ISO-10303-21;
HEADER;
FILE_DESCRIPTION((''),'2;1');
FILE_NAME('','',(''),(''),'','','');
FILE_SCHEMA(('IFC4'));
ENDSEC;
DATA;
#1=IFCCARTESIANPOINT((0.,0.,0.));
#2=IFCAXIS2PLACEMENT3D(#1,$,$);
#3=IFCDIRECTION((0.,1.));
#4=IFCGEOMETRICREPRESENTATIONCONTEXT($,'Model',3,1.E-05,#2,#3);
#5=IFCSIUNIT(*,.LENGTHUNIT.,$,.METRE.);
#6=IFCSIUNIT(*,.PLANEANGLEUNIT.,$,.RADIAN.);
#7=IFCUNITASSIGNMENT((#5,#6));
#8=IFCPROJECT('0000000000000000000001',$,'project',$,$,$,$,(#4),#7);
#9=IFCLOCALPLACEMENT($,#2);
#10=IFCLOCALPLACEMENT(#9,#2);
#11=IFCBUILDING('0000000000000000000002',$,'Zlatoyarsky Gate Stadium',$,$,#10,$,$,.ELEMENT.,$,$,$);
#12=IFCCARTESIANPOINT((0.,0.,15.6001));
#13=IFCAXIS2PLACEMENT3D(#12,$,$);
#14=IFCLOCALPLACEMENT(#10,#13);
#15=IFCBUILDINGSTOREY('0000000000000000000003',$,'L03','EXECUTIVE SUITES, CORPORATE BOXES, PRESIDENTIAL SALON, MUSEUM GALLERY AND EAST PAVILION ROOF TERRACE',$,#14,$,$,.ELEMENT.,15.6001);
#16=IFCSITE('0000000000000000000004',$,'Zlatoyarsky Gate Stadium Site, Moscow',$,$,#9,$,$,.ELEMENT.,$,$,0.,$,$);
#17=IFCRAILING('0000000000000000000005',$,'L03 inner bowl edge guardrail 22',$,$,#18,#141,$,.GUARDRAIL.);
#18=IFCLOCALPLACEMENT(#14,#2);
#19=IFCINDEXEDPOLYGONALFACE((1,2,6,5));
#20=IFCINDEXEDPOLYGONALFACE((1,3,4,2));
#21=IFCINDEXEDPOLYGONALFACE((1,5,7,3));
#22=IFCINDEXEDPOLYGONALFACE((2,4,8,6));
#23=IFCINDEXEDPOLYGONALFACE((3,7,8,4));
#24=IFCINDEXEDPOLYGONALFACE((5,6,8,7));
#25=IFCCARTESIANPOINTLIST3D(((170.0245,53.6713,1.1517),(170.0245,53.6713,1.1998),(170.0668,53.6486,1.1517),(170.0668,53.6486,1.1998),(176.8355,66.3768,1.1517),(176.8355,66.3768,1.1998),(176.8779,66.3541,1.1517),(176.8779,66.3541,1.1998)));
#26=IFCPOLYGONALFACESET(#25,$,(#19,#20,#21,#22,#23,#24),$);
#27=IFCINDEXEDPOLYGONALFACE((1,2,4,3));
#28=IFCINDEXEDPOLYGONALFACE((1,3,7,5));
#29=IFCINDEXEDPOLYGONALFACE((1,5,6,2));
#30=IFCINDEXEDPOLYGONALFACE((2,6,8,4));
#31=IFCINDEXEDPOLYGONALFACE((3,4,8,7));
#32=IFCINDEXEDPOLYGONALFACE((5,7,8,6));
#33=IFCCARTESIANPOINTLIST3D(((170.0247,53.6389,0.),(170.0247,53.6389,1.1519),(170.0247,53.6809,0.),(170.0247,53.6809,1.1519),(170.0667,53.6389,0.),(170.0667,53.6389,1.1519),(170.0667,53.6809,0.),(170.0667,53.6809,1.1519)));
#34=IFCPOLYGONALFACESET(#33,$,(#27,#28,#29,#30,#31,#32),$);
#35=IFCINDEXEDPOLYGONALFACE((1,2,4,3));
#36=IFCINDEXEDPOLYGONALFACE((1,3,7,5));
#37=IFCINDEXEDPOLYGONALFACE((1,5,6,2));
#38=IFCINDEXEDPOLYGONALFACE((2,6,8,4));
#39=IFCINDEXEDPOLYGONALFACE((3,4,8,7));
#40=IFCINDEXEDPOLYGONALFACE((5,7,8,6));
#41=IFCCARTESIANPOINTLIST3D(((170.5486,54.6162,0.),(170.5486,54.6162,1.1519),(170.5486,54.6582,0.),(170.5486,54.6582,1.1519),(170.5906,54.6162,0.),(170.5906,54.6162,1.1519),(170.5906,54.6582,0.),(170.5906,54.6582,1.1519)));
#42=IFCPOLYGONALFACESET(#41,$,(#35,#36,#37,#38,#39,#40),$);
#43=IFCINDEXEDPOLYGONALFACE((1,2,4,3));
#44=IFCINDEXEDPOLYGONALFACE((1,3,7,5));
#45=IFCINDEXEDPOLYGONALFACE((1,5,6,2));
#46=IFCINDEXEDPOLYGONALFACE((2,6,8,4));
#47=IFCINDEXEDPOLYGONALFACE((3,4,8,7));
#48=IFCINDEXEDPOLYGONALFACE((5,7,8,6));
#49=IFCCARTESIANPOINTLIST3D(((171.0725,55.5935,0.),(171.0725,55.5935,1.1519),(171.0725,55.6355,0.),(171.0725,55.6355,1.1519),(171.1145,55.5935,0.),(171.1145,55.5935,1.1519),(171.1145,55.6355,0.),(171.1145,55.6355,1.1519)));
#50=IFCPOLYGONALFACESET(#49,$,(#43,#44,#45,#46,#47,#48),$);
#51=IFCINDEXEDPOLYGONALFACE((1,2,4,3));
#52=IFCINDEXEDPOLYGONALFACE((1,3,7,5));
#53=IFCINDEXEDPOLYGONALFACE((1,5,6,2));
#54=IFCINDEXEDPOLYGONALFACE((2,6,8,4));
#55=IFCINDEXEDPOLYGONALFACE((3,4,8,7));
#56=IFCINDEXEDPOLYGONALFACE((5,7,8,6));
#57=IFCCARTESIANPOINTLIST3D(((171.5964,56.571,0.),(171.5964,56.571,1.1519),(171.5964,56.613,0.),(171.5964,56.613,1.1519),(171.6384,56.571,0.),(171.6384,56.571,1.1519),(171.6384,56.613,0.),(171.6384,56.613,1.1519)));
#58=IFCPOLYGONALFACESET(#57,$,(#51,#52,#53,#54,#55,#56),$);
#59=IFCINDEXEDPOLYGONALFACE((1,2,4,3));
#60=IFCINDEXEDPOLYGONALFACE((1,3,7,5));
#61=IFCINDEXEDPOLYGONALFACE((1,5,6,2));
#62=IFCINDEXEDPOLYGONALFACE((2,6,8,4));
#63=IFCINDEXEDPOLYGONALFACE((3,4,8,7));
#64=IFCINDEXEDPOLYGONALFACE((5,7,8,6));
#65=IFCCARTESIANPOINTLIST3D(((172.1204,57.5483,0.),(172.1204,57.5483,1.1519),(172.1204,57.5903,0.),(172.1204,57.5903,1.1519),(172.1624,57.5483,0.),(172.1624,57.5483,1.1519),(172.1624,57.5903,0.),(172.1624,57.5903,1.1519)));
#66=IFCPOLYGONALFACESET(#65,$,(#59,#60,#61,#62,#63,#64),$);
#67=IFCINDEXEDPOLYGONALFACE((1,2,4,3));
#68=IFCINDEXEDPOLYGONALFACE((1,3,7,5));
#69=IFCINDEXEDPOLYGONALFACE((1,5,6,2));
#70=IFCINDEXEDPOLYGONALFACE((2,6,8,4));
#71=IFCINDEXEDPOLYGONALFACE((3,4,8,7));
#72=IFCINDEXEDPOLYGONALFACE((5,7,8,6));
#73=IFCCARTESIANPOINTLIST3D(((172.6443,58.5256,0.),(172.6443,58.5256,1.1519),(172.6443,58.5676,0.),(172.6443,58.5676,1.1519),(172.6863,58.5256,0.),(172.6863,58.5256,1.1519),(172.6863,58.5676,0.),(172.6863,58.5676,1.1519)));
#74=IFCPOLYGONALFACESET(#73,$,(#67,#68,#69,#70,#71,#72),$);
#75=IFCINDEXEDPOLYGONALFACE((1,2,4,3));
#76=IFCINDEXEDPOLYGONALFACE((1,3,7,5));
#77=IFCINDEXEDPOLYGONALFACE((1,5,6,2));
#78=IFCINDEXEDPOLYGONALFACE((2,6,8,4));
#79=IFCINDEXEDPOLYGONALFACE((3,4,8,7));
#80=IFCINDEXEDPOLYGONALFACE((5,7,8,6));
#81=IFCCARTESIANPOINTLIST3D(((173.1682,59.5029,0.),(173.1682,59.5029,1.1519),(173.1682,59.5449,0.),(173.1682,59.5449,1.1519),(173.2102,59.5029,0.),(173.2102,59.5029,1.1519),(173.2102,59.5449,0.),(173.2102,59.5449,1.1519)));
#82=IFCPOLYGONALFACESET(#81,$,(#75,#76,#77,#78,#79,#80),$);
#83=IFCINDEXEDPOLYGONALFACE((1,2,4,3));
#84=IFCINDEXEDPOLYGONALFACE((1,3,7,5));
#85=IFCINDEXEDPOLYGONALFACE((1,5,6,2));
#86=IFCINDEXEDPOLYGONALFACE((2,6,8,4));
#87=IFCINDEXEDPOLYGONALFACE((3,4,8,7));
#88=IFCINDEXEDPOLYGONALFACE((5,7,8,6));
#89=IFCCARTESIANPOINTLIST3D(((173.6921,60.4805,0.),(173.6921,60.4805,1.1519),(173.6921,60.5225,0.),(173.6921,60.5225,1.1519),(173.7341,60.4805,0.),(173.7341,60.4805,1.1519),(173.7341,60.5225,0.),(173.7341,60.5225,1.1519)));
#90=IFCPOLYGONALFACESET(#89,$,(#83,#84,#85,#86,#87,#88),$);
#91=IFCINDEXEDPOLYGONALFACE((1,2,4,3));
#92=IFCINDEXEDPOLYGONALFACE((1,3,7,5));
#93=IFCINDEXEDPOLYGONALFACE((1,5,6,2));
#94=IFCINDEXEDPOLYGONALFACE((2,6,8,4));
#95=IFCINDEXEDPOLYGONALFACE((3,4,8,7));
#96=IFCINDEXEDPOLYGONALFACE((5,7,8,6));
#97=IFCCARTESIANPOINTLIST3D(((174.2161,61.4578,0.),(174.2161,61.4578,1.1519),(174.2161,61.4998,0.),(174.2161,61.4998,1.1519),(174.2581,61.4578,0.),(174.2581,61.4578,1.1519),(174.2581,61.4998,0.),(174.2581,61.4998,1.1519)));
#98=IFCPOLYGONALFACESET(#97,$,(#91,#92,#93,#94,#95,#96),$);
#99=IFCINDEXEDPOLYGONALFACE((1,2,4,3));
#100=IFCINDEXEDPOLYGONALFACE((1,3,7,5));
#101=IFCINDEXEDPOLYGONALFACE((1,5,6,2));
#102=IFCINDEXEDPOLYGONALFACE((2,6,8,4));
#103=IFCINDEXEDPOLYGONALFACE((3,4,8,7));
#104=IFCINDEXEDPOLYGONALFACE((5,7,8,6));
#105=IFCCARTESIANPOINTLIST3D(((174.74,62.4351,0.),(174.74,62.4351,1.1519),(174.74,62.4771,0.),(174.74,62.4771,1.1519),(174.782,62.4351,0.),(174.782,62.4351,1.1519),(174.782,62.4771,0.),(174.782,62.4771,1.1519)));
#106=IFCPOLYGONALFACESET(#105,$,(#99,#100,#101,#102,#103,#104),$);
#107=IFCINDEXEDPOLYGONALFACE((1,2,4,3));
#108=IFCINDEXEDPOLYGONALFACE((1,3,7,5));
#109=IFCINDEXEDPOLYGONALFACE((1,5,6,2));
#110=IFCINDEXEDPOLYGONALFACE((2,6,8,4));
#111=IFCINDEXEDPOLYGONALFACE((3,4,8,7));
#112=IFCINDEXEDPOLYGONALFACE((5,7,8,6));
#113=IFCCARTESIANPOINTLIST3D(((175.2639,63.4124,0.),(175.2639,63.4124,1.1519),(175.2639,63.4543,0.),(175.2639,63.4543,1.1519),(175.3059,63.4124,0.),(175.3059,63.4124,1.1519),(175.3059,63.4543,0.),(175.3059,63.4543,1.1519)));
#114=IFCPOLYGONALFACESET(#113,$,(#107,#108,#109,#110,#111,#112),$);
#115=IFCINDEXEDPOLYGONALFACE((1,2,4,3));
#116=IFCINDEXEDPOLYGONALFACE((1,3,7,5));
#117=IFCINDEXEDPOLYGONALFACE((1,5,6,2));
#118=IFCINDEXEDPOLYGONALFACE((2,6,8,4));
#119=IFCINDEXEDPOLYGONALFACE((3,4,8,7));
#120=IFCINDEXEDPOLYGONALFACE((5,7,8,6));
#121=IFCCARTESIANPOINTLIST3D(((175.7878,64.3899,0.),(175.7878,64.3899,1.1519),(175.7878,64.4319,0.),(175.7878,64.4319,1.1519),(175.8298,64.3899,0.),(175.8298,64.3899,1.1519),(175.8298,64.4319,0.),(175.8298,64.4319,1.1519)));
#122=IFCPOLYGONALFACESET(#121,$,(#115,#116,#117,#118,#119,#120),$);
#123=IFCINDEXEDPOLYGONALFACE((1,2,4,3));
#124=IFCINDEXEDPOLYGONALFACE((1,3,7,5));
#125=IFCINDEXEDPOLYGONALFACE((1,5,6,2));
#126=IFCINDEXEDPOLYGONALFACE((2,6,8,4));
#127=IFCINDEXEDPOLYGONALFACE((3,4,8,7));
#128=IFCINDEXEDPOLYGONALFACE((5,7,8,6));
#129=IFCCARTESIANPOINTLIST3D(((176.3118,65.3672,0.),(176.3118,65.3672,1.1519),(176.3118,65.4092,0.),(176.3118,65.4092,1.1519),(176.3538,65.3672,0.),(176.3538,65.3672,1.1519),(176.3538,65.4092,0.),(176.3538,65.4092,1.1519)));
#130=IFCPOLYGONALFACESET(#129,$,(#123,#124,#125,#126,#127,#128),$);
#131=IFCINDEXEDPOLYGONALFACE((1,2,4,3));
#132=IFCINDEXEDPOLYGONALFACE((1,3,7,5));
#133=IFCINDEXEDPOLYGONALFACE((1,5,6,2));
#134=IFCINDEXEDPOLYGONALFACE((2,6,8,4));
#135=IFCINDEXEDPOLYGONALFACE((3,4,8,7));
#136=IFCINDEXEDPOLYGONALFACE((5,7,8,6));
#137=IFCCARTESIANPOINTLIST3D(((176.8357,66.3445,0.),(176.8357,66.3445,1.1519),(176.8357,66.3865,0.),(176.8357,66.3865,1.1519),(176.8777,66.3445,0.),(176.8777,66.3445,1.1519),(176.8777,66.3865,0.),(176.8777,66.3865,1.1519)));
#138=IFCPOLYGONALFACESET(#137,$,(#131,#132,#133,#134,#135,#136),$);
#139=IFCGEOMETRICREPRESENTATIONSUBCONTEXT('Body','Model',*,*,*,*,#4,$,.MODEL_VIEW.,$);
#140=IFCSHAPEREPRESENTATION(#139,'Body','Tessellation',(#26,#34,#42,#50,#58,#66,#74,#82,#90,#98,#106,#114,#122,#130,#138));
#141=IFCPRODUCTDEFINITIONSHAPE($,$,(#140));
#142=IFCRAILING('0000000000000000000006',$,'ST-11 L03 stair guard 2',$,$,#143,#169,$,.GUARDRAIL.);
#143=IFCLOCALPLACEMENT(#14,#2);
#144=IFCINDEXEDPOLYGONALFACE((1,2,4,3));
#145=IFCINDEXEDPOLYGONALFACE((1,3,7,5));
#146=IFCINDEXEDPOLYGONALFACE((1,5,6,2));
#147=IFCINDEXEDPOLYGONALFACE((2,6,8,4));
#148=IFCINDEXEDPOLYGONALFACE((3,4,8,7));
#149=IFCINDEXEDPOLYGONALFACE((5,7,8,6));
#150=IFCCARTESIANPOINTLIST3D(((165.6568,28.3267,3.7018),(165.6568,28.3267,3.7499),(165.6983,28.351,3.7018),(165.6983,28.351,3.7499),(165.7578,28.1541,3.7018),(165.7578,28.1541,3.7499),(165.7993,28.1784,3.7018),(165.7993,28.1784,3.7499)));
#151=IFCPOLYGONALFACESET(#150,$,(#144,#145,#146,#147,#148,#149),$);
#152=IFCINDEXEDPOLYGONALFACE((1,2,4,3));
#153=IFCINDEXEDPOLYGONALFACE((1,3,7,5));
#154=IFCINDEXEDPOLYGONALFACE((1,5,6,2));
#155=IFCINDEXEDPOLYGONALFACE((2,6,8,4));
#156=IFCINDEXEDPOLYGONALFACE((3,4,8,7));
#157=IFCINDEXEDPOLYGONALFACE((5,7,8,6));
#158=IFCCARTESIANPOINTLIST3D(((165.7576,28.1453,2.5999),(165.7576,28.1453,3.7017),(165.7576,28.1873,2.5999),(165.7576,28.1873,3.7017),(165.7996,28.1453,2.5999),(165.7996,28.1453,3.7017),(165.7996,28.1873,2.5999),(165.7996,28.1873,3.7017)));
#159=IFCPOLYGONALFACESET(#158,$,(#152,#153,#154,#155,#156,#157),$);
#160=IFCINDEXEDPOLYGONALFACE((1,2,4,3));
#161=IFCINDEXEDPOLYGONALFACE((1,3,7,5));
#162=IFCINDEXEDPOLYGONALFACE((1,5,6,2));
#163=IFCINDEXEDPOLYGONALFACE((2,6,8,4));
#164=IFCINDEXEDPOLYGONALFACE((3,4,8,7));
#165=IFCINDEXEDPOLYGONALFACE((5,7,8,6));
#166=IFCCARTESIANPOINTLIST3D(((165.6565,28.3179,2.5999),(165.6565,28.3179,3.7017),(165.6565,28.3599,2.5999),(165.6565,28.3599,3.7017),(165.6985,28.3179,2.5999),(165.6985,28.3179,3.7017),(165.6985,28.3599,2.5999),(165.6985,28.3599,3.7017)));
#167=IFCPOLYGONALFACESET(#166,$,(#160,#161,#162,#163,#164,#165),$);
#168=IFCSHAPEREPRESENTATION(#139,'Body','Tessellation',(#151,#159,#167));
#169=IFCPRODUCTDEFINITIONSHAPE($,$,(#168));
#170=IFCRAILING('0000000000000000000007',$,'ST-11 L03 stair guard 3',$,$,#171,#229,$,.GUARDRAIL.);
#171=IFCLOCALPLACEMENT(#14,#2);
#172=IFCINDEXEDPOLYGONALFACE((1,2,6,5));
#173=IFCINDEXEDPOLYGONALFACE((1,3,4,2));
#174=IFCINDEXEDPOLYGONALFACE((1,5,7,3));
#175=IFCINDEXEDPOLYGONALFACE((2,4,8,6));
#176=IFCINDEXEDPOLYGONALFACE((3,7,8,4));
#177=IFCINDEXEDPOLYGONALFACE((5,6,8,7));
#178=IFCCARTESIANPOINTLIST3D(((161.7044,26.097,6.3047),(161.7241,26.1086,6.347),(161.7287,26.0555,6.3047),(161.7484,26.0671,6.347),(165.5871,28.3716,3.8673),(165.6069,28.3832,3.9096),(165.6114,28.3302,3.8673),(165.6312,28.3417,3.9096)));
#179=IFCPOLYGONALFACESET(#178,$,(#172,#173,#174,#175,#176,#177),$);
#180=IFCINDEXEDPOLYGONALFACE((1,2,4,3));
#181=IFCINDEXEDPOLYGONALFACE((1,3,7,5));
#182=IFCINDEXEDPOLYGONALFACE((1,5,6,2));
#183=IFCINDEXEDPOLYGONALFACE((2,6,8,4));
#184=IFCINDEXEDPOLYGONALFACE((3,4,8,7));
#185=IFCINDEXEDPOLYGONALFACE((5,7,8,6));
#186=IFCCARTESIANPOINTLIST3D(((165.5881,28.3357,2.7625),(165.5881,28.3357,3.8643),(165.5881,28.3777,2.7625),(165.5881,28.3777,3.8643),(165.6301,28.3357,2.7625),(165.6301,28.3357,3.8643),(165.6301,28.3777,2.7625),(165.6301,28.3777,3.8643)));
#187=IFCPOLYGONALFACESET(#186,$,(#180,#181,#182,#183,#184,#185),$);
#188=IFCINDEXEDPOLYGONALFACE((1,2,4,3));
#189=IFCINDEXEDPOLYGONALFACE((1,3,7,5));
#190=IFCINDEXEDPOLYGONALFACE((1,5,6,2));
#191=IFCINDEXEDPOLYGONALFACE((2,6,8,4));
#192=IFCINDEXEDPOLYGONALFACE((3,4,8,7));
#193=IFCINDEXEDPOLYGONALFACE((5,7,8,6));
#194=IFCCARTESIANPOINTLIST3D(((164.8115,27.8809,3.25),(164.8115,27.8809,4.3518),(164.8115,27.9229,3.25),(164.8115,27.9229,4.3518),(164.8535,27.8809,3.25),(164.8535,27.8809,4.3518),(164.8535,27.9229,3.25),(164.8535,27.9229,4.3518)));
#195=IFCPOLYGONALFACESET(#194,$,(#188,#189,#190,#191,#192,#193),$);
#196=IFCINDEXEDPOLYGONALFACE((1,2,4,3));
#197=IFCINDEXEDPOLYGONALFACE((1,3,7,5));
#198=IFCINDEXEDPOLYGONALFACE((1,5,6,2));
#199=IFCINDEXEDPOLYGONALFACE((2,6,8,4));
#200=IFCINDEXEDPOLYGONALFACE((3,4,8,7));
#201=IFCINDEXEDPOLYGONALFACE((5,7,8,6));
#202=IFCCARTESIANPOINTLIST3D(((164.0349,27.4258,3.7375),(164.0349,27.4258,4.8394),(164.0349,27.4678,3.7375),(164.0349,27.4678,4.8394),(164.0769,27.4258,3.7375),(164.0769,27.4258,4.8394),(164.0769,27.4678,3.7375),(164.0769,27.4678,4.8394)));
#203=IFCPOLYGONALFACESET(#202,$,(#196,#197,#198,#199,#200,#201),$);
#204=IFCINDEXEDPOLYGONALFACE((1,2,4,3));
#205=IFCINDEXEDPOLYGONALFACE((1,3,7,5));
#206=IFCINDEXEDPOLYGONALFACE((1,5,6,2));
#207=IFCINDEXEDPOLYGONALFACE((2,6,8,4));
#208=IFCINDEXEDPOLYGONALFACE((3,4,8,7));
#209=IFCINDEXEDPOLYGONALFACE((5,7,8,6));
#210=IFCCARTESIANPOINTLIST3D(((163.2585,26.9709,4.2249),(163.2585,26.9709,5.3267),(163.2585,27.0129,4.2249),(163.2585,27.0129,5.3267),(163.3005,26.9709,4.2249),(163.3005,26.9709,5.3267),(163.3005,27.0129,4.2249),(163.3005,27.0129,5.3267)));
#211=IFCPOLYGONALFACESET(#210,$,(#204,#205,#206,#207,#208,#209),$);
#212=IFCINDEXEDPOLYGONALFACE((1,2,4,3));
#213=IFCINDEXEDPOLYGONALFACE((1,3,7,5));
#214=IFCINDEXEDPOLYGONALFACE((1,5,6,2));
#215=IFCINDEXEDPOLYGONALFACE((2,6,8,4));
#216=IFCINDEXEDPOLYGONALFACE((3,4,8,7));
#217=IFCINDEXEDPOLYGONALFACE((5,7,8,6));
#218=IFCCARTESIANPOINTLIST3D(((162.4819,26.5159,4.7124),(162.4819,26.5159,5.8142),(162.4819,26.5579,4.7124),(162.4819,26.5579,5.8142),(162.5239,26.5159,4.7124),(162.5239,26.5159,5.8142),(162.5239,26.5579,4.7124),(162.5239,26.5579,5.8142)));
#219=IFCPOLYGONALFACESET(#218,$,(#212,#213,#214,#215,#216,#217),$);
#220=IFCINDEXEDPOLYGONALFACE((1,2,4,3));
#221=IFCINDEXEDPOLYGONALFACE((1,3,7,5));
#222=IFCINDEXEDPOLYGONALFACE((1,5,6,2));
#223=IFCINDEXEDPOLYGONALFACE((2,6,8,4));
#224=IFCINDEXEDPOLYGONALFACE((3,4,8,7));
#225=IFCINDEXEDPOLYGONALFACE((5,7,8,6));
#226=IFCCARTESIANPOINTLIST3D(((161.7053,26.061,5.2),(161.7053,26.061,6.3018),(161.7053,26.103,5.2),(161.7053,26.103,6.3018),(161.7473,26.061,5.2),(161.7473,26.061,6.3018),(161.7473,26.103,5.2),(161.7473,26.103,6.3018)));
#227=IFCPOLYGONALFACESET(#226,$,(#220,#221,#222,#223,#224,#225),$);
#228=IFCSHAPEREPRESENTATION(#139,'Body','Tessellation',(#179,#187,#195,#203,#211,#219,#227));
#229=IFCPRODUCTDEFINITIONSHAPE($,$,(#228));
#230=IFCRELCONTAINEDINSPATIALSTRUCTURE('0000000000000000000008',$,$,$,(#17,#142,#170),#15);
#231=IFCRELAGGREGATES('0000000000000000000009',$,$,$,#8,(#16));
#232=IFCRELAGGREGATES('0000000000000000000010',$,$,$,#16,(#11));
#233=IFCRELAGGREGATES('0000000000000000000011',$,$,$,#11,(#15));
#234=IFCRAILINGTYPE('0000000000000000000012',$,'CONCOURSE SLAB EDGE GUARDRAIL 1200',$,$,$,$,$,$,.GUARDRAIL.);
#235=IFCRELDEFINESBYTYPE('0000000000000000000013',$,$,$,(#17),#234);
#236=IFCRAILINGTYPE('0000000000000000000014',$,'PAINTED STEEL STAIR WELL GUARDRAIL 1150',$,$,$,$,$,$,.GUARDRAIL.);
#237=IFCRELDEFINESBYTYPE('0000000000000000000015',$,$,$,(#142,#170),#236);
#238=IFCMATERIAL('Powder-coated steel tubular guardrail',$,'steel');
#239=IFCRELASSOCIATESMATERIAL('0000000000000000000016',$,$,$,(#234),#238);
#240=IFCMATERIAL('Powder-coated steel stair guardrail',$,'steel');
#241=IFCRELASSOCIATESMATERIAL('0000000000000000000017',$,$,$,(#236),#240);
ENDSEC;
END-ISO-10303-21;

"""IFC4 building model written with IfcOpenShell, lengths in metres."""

from ifc_helpers import new_model, si_unit, direction, frame, origin, origin_2d, place, context, subcontext, project, spatial, rectangle, extrude, material, type_object, element, save


model = new_model("IFC4")

# Units and contexts
model_context = context("Model", 3, precision=1e-05, world=origin(), true_north=direction((0.0, 1.0)))
body_context = subcontext(model_context, "Body", "Model", "MODEL_VIEW")
ifc_project = project(units=[si_unit("LENGTHUNIT", "METRE"), si_unit("PLANEANGLEUNIT", "RADIAN")], contexts=[model_context])

# Site, building, storey
site_placement = place(None, origin())
site = spatial("IfcSite", under=ifc_project, at=site_placement, Name="Zlatoyarsky Gate Stadium Site, Moscow", CompositionType="ELEMENT", RefElevation=0.0)
building_placement = place(site_placement, origin())
building = spatial("IfcBuilding", under=site, at=building_placement, Name="Zlatoyarsky Gate Stadium", CompositionType="ELEMENT")
storey_placement = place(building_placement, frame((0.0, 0.0, 15.6001)))
storey = spatial("IfcBuildingStorey", under=building, at=storey_placement, Name="L03", Description="EXECUTIVE SUITES, CORPORATE BOXES, PRESIDENTIAL SALON, MUSEUM GALLERY AND EAST PAVILION ROOF TERRACE", CompositionType="ELEMENT", Elevation=15.6001)

# Railings
ifc_material_1 = material(Name="Powder-coated steel tubular guardrail", Category="steel")
railing_type_1 = type_object("IfcRailingType", Name="CONCOURSE SLAB EDGE GUARDRAIL 1200", PredefinedType="GUARDRAIL", material=ifc_material_1)
railing_1_placement = place(storey_placement, frame((170.0457, 53.6599, 0.0)))
element("IfcRailing", 1, at=railing_1_placement, inside=storey, type_object=railing_type_1, Name="L03 inner bowl edge guardrail 22", PredefinedType="GUARDRAIL", context=body_context, shape_type="SweptSolid", body=[
    extrude(rectangle(XDim=0.0481, YDim=0.0481, at=origin_2d()), frame((0.0, 0.0, 1.1758), z_axis=(0.472463, 0.881351, 0.0), x_axis=(-0.881351, 0.472463, 0.0)), (0.0, 0.0, 1.0), 14.416),
    extrude(rectangle(XDim=0.042, YDim=0.042, at=origin_2d()), origin(), (0.0, 0.0, 1.0), 1.1519),
    extrude(rectangle(XDim=0.042, YDim=0.042, at=origin_2d()), frame((0.5239, 0.9773, 0.0)), (0.0, 0.0, 1.0), 1.1519),
    extrude(rectangle(XDim=0.042, YDim=0.042, at=origin_2d()), frame((1.0479, 1.9546, 0.0)), (0.0, 0.0, 1.0), 1.1519),
    extrude(rectangle(XDim=0.042, YDim=0.042, at=origin_2d()), frame((1.5718, 2.9321, 0.0)), (0.0, 0.0, 1.0), 1.1519),
    extrude(rectangle(XDim=0.042, YDim=0.042, at=origin_2d()), frame((2.0957, 3.9094, 0.0)), (0.0, 0.0, 1.0), 1.1519),
    extrude(rectangle(XDim=0.042, YDim=0.042, at=origin_2d()), frame((2.6196, 4.8867, 0.0)), (0.0, 0.0, 1.0), 1.1519),
    extrude(rectangle(XDim=0.042, YDim=0.042, at=origin_2d()), frame((3.1436, 5.864, 0.0)), (0.0, 0.0, 1.0), 1.1519),
    extrude(rectangle(XDim=0.042, YDim=0.042, at=origin_2d()), frame((3.6675, 6.8416, 0.0)), (0.0, 0.0, 1.0), 1.1519),
    extrude(rectangle(XDim=0.042, YDim=0.042, at=origin_2d()), frame((4.1914, 7.8188, 0.0)), (0.0, 0.0, 1.0), 1.1519),
    extrude(rectangle(XDim=0.042, YDim=0.042, at=origin_2d()), frame((4.7153, 8.7961, 0.0)), (0.0, 0.0, 1.0), 1.1519),
    extrude(rectangle(XDim=0.042, YDim=0.042, at=origin_2d()), frame((5.2393, 9.7734, 0.0)), (0.0, 0.0, 1.0), 1.1519),
    extrude(rectangle(XDim=0.042, YDim=0.042, at=origin_2d()), frame((5.7632, 10.751, 0.0)), (0.0, 0.0, 1.0), 1.1519),
    extrude(rectangle(XDim=0.042, YDim=0.042, at=origin_2d()), frame((6.2871, 11.7283, 0.0)), (0.0, 0.0, 1.0), 1.1519),
    extrude(rectangle(XDim=0.042, YDim=0.042, at=origin_2d()), frame((6.811, 12.7056, 0.0)), (0.0, 0.0, 1.0), 1.1519),
])
ifc_material_2 = material(Name="Powder-coated steel stair guardrail", Category="steel")
railing_type_2 = type_object("IfcRailingType", Name="PAINTED STEEL STAIR WELL GUARDRAIL 1150", PredefinedType="GUARDRAIL", material=ifc_material_2)
railing_2_placement = place(storey_placement, frame((165.7786, 28.1663, 2.5999)))
element("IfcRailing", 2, at=railing_2_placement, inside=storey, type_object=railing_type_2, Name="ST-11 L03 stair guard 2", PredefinedType="GUARDRAIL", context=body_context, shape_type="SweptSolid", body=[
    extrude(rectangle(XDim=0.0481, YDim=0.0481, at=origin_2d()), frame((0.0, 0.0, 1.126), z_axis=(-0.505312, 0.862937, 0.0), x_axis=(-0.862937, -0.505312, 0.0)), (0.0, 0.0, 1.0), 0.2),
    extrude(rectangle(XDim=0.042, YDim=0.042, at=origin_2d()), origin(), (0.0, 0.0, 1.0), 1.1018),
    extrude(rectangle(XDim=0.042, YDim=0.042, at=origin_2d()), frame((-0.1011, 0.1726, 0.0)), (0.0, 0.0, 1.0), 1.1018),
])
railing_3_placement = place(storey_placement, frame((165.6091, 28.3567, 2.7625)))
element("IfcRailing", 3, at=railing_3_placement, inside=storey, type_object=railing_type_2, Name="ST-11 L03 stair guard 3", PredefinedType="GUARDRAIL", context=body_context, shape_type="SweptSolid", body=[
    extrude(rectangle(XDim=0.0481, YDim=0.0481, at=origin_2d()), frame((0.0, 0.0, 1.126), z_axis=(-0.75869, -0.444462, 0.47628), x_axis=(0.505476, -0.862841, 0.0)), (0.0, 0.0, 1.0), 5.1177),
    extrude(rectangle(XDim=0.042, YDim=0.042, at=origin_2d()), origin(), (0.0, 0.0, 1.0), 1.1018),
    extrude(rectangle(XDim=0.042, YDim=0.042, at=origin_2d()), frame((-0.7766, -0.4548, 0.4875)), (0.0, 0.0, 1.0), 1.1018),
    extrude(rectangle(XDim=0.042, YDim=0.042, at=origin_2d()), frame((-1.5532, -0.9099, 0.9751)), (0.0, 0.0, 1.0), 1.1018),
    extrude(rectangle(XDim=0.042, YDim=0.042, at=origin_2d()), frame((-2.3296, -1.3647, 1.4624)), (0.0, 0.0, 1.0), 1.1018),
    extrude(rectangle(XDim=0.042, YDim=0.042, at=origin_2d()), frame((-3.1062, -1.8198, 1.95)), (0.0, 0.0, 1.0), 1.1018),
    extrude(rectangle(XDim=0.042, YDim=0.042, at=origin_2d()), frame((-3.8828, -2.2747, 2.4375)), (0.0, 0.0, 1.0), 1.1018),
])

save(model, "model.ifc")
